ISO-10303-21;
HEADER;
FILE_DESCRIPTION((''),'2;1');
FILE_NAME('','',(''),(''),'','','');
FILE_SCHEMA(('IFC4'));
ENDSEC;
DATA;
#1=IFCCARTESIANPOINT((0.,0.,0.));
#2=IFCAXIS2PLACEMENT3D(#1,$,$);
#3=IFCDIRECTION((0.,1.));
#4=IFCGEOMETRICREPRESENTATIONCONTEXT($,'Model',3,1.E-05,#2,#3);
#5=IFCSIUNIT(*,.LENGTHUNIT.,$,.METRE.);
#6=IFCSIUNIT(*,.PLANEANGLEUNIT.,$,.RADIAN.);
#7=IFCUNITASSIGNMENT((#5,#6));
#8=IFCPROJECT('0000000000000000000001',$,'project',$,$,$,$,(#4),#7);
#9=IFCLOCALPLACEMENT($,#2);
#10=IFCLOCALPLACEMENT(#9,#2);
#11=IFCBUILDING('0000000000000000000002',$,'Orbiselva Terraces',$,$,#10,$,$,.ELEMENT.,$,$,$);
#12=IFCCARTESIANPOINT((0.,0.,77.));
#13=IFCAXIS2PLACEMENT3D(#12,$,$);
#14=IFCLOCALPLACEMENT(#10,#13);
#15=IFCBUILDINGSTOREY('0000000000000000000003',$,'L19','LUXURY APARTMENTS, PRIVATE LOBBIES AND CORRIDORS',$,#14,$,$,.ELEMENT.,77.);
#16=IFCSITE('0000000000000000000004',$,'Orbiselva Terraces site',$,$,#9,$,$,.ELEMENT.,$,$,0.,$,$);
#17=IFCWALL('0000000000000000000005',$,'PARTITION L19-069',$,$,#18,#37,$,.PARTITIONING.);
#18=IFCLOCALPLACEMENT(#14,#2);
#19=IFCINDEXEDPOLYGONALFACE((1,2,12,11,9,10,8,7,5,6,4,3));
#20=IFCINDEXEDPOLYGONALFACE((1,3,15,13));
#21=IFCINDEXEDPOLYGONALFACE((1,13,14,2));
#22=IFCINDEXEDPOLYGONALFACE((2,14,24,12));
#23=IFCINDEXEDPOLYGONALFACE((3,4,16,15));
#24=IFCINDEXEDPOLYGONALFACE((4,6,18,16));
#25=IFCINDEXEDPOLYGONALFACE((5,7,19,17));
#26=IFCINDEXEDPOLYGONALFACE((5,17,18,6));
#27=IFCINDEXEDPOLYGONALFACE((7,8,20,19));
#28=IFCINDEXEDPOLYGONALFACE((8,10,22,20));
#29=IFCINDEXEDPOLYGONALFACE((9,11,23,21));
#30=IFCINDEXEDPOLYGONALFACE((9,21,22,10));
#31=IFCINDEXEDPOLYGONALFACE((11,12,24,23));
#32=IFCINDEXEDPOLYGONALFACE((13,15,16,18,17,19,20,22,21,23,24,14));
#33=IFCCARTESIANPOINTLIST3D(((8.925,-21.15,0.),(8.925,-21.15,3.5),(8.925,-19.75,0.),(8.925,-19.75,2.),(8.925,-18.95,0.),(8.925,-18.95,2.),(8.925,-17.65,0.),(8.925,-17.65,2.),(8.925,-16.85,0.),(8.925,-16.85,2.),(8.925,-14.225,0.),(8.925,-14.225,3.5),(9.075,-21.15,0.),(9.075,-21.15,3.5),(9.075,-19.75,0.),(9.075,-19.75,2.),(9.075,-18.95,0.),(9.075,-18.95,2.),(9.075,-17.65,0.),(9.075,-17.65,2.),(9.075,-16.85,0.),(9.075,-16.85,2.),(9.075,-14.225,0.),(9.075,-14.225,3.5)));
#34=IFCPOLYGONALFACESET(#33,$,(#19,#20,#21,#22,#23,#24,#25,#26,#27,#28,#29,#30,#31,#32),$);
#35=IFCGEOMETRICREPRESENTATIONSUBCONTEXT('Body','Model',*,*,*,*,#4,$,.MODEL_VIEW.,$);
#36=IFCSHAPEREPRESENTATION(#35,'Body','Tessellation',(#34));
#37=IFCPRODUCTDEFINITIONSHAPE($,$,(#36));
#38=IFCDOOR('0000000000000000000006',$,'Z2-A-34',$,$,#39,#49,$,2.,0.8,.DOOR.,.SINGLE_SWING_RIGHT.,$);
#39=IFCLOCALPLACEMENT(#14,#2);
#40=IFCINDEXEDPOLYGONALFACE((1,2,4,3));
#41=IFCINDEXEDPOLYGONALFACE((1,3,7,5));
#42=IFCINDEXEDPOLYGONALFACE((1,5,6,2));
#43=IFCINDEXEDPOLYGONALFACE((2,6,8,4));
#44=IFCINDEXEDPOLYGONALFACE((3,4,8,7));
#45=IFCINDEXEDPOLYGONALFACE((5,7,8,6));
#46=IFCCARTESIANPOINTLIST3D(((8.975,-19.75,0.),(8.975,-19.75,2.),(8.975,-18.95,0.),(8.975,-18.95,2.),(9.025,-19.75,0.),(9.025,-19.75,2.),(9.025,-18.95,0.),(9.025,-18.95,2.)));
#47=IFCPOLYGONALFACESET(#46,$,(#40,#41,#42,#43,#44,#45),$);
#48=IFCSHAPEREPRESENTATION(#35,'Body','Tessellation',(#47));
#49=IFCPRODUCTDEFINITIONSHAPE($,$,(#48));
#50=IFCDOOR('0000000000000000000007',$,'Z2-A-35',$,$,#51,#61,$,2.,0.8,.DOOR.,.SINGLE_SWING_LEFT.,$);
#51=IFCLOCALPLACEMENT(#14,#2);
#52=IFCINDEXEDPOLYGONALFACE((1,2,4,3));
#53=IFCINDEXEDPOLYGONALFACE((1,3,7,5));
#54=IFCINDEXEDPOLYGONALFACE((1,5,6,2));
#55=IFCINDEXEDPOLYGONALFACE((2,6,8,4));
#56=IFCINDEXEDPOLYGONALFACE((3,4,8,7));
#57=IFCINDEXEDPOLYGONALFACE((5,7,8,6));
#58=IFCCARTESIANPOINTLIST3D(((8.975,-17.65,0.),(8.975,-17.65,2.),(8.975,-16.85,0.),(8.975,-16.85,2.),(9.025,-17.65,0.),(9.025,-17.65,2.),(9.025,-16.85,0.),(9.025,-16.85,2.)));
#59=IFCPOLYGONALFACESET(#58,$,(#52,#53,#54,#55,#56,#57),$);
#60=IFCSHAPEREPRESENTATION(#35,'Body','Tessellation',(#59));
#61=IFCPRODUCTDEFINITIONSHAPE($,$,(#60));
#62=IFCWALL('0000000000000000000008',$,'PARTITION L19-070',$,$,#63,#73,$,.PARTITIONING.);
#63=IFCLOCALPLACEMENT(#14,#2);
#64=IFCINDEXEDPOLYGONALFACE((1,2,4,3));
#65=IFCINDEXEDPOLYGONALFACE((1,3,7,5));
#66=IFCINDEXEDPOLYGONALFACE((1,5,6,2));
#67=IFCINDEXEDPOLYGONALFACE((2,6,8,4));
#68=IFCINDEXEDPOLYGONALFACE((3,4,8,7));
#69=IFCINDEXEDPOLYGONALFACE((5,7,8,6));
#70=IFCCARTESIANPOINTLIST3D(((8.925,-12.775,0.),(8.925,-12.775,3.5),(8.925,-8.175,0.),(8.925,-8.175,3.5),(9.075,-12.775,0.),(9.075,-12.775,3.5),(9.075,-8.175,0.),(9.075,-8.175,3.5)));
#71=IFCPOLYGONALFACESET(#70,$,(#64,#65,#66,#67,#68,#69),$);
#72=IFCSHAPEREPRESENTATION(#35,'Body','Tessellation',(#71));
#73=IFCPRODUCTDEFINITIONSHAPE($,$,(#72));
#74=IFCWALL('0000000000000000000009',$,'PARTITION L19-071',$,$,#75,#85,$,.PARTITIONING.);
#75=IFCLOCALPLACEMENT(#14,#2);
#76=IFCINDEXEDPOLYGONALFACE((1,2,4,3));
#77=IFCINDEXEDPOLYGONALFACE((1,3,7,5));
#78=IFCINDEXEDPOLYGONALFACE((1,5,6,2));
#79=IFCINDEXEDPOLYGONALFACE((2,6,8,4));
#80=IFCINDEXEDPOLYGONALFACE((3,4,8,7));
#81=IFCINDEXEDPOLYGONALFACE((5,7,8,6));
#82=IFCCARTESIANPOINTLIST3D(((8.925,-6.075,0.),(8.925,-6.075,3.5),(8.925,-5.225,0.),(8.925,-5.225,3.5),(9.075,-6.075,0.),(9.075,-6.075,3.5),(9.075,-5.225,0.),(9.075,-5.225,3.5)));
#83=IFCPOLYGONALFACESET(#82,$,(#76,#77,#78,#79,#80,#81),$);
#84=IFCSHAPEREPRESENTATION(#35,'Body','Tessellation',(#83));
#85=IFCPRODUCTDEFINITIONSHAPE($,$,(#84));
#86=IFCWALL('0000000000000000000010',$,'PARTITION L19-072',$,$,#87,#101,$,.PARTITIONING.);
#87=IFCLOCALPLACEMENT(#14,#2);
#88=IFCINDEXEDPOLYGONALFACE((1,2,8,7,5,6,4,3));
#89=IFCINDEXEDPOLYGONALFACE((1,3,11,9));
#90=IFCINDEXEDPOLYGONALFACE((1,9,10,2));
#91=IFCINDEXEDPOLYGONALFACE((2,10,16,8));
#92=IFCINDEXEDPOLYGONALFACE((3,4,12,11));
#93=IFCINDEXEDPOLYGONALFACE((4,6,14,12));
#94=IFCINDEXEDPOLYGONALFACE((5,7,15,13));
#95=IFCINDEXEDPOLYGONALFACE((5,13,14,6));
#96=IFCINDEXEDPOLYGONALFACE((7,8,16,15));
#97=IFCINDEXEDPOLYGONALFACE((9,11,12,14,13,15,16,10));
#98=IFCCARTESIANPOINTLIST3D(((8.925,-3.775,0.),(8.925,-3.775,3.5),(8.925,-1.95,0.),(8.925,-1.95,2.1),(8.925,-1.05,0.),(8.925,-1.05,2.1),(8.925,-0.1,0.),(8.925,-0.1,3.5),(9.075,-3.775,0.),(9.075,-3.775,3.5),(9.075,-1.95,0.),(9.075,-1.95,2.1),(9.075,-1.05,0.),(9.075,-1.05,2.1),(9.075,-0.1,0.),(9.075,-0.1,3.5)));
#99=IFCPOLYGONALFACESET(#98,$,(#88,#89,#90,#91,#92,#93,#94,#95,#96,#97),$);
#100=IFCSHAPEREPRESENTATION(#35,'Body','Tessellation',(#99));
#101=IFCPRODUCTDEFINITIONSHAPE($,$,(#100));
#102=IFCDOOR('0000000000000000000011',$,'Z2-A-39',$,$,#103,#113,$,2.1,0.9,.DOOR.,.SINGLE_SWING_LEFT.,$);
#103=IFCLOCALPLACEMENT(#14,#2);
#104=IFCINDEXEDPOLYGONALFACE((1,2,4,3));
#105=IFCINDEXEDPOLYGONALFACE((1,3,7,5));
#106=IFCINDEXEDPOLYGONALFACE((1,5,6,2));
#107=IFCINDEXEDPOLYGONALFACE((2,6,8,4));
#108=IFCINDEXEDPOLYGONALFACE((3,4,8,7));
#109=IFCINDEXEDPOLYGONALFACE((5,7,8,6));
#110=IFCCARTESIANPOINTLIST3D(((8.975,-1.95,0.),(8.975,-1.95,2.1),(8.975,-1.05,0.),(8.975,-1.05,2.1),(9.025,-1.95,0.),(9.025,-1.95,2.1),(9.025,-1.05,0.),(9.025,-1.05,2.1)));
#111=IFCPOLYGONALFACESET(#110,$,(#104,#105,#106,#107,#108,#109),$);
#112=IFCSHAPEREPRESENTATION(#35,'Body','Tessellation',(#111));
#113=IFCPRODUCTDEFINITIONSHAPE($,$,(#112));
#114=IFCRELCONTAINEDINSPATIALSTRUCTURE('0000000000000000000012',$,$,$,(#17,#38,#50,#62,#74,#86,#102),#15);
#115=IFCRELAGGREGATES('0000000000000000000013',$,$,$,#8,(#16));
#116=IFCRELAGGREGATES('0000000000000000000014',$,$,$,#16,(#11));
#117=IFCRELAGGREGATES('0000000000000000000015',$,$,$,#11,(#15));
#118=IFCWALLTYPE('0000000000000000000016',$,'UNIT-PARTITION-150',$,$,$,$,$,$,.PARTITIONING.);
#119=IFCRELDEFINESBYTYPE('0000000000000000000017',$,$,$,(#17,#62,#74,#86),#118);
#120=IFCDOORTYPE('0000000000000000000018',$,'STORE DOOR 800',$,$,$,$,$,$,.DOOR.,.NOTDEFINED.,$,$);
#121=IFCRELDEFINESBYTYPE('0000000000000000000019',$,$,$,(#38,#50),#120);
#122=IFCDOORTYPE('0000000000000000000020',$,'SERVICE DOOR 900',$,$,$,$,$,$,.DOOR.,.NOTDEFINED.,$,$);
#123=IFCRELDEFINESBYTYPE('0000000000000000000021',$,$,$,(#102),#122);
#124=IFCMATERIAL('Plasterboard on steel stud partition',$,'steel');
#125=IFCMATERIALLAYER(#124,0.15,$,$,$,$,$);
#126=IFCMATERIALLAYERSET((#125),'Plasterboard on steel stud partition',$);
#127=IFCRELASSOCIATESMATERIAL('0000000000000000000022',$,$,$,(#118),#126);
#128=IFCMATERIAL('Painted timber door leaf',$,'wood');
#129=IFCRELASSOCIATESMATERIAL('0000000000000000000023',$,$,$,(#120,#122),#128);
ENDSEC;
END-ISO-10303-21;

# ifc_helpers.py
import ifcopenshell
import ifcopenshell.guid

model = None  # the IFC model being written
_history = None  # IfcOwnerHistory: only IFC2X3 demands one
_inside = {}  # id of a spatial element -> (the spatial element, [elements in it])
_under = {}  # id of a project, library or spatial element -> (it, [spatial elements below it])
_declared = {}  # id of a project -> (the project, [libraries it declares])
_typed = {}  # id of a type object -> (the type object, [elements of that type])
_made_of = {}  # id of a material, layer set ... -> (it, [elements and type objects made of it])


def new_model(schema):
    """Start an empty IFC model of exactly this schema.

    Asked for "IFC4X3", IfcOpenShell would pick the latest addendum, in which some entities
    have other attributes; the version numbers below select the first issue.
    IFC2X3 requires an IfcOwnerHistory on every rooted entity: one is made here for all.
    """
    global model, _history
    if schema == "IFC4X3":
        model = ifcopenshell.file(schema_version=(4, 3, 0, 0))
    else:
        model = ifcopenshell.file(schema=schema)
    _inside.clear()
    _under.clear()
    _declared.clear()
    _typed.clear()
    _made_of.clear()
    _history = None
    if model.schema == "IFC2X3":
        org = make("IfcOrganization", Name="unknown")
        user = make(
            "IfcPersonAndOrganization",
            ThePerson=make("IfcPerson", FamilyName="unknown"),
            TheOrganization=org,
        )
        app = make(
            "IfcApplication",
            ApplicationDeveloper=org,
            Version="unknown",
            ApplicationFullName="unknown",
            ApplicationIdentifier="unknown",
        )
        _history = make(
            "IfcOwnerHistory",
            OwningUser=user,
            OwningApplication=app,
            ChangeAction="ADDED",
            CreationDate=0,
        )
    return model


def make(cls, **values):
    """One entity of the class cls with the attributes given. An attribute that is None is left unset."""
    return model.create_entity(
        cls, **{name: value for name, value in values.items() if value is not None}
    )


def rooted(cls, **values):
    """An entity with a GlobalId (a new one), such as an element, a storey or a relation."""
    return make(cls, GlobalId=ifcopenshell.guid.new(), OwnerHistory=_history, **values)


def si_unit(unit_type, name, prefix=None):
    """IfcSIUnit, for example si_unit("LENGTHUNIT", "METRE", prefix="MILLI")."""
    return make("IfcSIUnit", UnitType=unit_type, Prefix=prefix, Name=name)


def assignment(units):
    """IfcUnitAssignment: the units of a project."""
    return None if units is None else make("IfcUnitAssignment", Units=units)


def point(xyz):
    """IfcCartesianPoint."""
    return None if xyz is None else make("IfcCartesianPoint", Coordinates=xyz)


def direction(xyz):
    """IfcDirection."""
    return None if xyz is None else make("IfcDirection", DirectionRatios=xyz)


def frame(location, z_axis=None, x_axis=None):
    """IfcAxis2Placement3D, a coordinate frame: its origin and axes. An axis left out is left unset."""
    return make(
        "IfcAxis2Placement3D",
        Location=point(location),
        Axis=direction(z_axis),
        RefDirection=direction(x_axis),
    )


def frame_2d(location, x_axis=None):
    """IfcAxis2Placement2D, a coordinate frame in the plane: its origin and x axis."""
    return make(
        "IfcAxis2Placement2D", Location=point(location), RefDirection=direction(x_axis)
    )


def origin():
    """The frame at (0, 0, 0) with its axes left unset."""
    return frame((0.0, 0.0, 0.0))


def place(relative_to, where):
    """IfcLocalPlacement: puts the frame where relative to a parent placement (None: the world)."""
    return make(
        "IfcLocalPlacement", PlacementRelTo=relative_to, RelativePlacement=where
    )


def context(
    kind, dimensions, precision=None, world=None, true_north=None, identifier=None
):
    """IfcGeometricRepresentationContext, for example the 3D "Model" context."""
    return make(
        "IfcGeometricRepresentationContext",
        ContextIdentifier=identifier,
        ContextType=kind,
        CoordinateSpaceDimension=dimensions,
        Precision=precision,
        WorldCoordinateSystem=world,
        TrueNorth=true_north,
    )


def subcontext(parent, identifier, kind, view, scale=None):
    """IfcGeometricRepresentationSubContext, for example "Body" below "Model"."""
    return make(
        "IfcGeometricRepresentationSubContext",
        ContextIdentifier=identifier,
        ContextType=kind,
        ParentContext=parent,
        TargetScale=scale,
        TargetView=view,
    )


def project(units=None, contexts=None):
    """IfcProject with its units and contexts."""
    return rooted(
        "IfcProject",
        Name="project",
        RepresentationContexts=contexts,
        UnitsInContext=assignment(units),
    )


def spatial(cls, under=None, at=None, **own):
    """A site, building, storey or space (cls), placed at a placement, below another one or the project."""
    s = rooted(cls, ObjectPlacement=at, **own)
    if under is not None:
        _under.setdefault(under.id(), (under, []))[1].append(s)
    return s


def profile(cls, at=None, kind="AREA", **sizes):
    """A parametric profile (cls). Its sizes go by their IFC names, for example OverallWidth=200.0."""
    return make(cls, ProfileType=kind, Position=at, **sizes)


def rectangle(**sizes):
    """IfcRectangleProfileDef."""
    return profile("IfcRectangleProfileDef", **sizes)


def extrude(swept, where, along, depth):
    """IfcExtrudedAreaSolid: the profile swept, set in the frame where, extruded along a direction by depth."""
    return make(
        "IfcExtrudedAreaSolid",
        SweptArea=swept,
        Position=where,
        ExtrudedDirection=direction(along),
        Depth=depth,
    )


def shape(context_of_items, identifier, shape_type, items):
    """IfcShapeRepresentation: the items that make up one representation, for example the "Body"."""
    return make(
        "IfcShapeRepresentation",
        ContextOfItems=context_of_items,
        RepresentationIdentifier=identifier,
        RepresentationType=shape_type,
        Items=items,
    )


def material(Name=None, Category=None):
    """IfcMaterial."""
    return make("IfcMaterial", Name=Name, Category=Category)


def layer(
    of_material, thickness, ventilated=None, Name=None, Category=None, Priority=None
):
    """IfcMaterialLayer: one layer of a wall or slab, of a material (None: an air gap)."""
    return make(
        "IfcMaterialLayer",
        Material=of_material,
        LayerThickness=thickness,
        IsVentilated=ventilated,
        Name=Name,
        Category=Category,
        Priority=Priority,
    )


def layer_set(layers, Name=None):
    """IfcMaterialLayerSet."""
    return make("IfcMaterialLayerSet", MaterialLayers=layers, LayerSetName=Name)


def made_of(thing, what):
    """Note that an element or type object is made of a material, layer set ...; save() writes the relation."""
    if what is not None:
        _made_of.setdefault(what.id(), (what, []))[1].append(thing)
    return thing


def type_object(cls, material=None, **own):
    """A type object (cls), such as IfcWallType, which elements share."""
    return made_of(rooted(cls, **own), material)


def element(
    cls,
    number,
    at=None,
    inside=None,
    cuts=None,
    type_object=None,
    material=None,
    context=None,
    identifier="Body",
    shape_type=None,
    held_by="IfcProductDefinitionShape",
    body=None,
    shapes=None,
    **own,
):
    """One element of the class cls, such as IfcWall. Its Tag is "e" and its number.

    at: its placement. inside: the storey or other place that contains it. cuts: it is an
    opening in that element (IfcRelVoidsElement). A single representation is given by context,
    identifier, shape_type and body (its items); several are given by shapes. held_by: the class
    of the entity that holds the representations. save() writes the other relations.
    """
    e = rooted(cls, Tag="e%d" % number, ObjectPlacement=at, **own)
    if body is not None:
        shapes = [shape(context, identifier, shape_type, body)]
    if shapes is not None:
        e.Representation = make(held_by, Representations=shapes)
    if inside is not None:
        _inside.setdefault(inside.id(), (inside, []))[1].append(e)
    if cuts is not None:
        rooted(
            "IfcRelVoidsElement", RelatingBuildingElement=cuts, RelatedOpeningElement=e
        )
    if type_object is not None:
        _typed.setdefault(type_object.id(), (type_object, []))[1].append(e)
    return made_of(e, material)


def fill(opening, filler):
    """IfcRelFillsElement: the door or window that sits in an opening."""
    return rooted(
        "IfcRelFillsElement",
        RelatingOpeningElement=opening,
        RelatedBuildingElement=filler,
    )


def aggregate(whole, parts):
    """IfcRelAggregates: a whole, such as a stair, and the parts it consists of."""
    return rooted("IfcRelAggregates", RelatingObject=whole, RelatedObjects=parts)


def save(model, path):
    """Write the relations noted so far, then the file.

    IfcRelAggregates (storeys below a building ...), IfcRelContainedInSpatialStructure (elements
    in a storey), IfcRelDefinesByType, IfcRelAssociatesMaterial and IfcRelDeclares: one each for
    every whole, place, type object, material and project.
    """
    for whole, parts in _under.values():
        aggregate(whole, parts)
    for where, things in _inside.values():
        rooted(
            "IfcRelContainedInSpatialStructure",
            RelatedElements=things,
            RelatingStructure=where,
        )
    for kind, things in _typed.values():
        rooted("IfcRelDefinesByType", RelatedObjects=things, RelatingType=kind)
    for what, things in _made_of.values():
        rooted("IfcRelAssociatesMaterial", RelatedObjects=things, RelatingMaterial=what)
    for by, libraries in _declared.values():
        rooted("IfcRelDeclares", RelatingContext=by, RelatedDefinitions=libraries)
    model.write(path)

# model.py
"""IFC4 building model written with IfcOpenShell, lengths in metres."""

from ifc_helpers import new_model, si_unit, direction, frame, frame_2d, origin, place, context, subcontext, project, spatial, rectangle, extrude, material, layer, layer_set, type_object, element, fill, save


model = new_model("IFC4")

# Units and contexts
model_context = context("Model", 3, precision=1e-05, world=origin(), true_north=direction((0.0, 1.0)))
body_context = subcontext(model_context, "Body", "Model", "MODEL_VIEW")
ifc_project = project(units=[si_unit("LENGTHUNIT", "METRE"), si_unit("PLANEANGLEUNIT", "RADIAN")], contexts=[model_context])

# Site, building, storey
site_placement = place(None, origin())
site = spatial("IfcSite", under=ifc_project, at=site_placement, Name="Orbiselva Terraces site", CompositionType="ELEMENT", RefElevation=0.0)
building_placement = place(site_placement, origin())
building = spatial("IfcBuilding", under=site, at=building_placement, Name="Orbiselva Terraces", CompositionType="ELEMENT")
storey_placement = place(building_placement, frame((0.0, 0.0, 77.0)))
storey = spatial("IfcBuildingStorey", under=building, at=storey_placement, Name="L19", Description="LUXURY APARTMENTS, PRIVATE LOBBIES AND CORRIDORS", CompositionType="ELEMENT", Elevation=77.0)

# Shared definitions
ifc_material_1 = material(Name="Plasterboard on steel stud partition", Category="steel")
ifc_layer_1 = layer(ifc_material_1, 0.15)
ifc_layer_set_1 = layer_set([ifc_layer_1], Name="Plasterboard on steel stud partition")
wall_type_1 = type_object("IfcWallType", Name="UNIT-PARTITION-150", PredefinedType="PARTITIONING", material=ifc_layer_set_1)

# Wall, openings, doors
wall_1_placement = place(storey_placement, frame((9.0, -14.225, 0.0), z_axis=(0.0, 0.0, 1.0), x_axis=(0.0, -1.0, 0.0)))
wall_1 = element("IfcWall", 1, at=wall_1_placement, inside=storey, type_object=wall_type_1, Name="PARTITION L19-069", PredefinedType="PARTITIONING", context=body_context, shape_type="SweptSolid", body=[
    extrude(rectangle(XDim=6.925, YDim=0.15, at=frame_2d((3.4625, 0.0))), origin(), (0.0, 0.0, 1.0), 3.5),
])
opening_1_placement = place(wall_1_placement, frame((4.725, 0.0, 0.0)))
opening_1 = element("IfcOpeningElement", 2, at=opening_1_placement, cuts=wall_1, PredefinedType="OPENING", context=body_context, shape_type="SweptSolid", body=[
    extrude(rectangle(XDim=0.8, YDim=2.0, at=frame_2d((0.4, 1.0))), frame((0.0, 0.085, 0.0), z_axis=(0.0, -1.0, 0.0), x_axis=(1.0, 0.0, 0.0)), (0.0, 0.0, 1.0), 0.17),
])
opening_2_placement = place(wall_1_placement, frame((2.625, 0.0, 0.0)))
opening_2 = element("IfcOpeningElement", 3, at=opening_2_placement, cuts=wall_1, PredefinedType="OPENING", context=body_context, shape_type="SweptSolid", body=[
    extrude(rectangle(XDim=0.8, YDim=2.0, at=frame_2d((0.4, 1.0))), frame((0.0, 0.085, 0.0), z_axis=(0.0, -1.0, 0.0), x_axis=(1.0, 0.0, 0.0)), (0.0, 0.0, 1.0), 0.17),
])
ifc_material_2 = material(Name="Painted timber door leaf", Category="wood")
door_type_1 = type_object("IfcDoorType", Name="STORE DOOR 800", OperationType="NOTDEFINED", PredefinedType="DOOR", material=ifc_material_2)
door_1_placement = place(opening_1_placement, origin())
door_1 = element("IfcDoor", 4, at=door_1_placement, inside=storey, type_object=door_type_1, Name="Z2-A-34", OperationType="SINGLE_SWING_RIGHT", OverallHeight=2.0, OverallWidth=0.8, PredefinedType="DOOR", context=body_context, shape_type="SweptSolid", body=[
    extrude(rectangle(XDim=0.8, YDim=2.0, at=frame_2d((0.4, 1.0))), frame((0.0, 0.025, 0.0), z_axis=(0.0, -1.0, 0.0), x_axis=(1.0, 0.0, 0.0)), (0.0, 0.0, 1.0), 0.05),
])
fill(opening_1, door_1)
door_2_placement = place(opening_2_placement, origin())
door_2 = element("IfcDoor", 5, at=door_2_placement, inside=storey, type_object=door_type_1, Name="Z2-A-35", OperationType="SINGLE_SWING_LEFT", OverallHeight=2.0, OverallWidth=0.8, PredefinedType="DOOR", context=body_context, shape_type="SweptSolid", body=[
    extrude(rectangle(XDim=0.8, YDim=2.0, at=frame_2d((0.4, 1.0))), frame((0.0, 0.025, 0.0), z_axis=(0.0, -1.0, 0.0), x_axis=(1.0, 0.0, 0.0)), (0.0, 0.0, 1.0), 0.05),
])
fill(opening_2, door_2)

# Walls
wall_2_placement = place(storey_placement, frame((9.0, -12.775, 0.0), z_axis=(0.0, 0.0, 1.0), x_axis=(0.0, 1.0, 0.0)))
element("IfcWall", 6, at=wall_2_placement, inside=storey, type_object=wall_type_1, Name="PARTITION L19-070", PredefinedType="PARTITIONING", context=body_context, shape_type="SweptSolid", body=[
    extrude(rectangle(XDim=4.6, YDim=0.15, at=frame_2d((2.3, 0.0))), origin(), (0.0, 0.0, 1.0), 3.5),
])
wall_3_placement = place(storey_placement, frame((9.0, -6.075, 0.0), z_axis=(0.0, 0.0, 1.0), x_axis=(0.0, 1.0, 0.0)))
element("IfcWall", 7, at=wall_3_placement, inside=storey, type_object=wall_type_1, Name="PARTITION L19-071", PredefinedType="PARTITIONING", context=body_context, shape_type="SweptSolid", body=[
    extrude(rectangle(XDim=0.85, YDim=0.15, at=frame_2d((0.425, 0.0))), origin(), (0.0, 0.0, 1.0), 3.5),
])

# Wall, opening, door
wall_4_placement = place(storey_placement, frame((9.0, -0.1, 0.0), z_axis=(0.0, 0.0, 1.0), x_axis=(0.0, -1.0, 0.0)))
wall_4 = element("IfcWall", 8, at=wall_4_placement, inside=storey, type_object=wall_type_1, Name="PARTITION L19-072", PredefinedType="PARTITIONING", context=body_context, shape_type="SweptSolid", body=[
    extrude(rectangle(XDim=3.675, YDim=0.15, at=frame_2d((1.8375, 0.0))), origin(), (0.0, 0.0, 1.0), 3.5),
])
opening_3_placement = place(wall_4_placement, frame((0.95, 0.0, 0.0)))
opening_3 = element("IfcOpeningElement", 9, at=opening_3_placement, cuts=wall_4, PredefinedType="OPENING", context=body_context, shape_type="SweptSolid", body=[
    extrude(rectangle(XDim=0.9, YDim=2.1, at=frame_2d((0.45, 1.05))), frame((0.0, 0.085, 0.0), z_axis=(0.0, -1.0, 0.0), x_axis=(1.0, 0.0, 0.0)), (0.0, 0.0, 1.0), 0.17),
])
door_type_2 = type_object("IfcDoorType", Name="SERVICE DOOR 900", OperationType="NOTDEFINED", PredefinedType="DOOR", material=ifc_material_2)
door_3_placement = place(opening_3_placement, origin())
door_3 = element("IfcDoor", 10, at=door_3_placement, inside=storey, type_object=door_type_2, Name="Z2-A-39", OperationType="SINGLE_SWING_LEFT", OverallHeight=2.1, OverallWidth=0.9, PredefinedType="DOOR", context=body_context, shape_type="SweptSolid", body=[
    extrude(rectangle(XDim=0.9, YDim=2.1, at=frame_2d((0.45, 1.05))), frame((0.0, 0.025, 0.0), z_axis=(0.0, -1.0, 0.0), x_axis=(1.0, 0.0, 0.0)), (0.0, 0.0, 1.0), 0.05),
])
fill(opening_3, door_3)

save(model, "model.ifc")
